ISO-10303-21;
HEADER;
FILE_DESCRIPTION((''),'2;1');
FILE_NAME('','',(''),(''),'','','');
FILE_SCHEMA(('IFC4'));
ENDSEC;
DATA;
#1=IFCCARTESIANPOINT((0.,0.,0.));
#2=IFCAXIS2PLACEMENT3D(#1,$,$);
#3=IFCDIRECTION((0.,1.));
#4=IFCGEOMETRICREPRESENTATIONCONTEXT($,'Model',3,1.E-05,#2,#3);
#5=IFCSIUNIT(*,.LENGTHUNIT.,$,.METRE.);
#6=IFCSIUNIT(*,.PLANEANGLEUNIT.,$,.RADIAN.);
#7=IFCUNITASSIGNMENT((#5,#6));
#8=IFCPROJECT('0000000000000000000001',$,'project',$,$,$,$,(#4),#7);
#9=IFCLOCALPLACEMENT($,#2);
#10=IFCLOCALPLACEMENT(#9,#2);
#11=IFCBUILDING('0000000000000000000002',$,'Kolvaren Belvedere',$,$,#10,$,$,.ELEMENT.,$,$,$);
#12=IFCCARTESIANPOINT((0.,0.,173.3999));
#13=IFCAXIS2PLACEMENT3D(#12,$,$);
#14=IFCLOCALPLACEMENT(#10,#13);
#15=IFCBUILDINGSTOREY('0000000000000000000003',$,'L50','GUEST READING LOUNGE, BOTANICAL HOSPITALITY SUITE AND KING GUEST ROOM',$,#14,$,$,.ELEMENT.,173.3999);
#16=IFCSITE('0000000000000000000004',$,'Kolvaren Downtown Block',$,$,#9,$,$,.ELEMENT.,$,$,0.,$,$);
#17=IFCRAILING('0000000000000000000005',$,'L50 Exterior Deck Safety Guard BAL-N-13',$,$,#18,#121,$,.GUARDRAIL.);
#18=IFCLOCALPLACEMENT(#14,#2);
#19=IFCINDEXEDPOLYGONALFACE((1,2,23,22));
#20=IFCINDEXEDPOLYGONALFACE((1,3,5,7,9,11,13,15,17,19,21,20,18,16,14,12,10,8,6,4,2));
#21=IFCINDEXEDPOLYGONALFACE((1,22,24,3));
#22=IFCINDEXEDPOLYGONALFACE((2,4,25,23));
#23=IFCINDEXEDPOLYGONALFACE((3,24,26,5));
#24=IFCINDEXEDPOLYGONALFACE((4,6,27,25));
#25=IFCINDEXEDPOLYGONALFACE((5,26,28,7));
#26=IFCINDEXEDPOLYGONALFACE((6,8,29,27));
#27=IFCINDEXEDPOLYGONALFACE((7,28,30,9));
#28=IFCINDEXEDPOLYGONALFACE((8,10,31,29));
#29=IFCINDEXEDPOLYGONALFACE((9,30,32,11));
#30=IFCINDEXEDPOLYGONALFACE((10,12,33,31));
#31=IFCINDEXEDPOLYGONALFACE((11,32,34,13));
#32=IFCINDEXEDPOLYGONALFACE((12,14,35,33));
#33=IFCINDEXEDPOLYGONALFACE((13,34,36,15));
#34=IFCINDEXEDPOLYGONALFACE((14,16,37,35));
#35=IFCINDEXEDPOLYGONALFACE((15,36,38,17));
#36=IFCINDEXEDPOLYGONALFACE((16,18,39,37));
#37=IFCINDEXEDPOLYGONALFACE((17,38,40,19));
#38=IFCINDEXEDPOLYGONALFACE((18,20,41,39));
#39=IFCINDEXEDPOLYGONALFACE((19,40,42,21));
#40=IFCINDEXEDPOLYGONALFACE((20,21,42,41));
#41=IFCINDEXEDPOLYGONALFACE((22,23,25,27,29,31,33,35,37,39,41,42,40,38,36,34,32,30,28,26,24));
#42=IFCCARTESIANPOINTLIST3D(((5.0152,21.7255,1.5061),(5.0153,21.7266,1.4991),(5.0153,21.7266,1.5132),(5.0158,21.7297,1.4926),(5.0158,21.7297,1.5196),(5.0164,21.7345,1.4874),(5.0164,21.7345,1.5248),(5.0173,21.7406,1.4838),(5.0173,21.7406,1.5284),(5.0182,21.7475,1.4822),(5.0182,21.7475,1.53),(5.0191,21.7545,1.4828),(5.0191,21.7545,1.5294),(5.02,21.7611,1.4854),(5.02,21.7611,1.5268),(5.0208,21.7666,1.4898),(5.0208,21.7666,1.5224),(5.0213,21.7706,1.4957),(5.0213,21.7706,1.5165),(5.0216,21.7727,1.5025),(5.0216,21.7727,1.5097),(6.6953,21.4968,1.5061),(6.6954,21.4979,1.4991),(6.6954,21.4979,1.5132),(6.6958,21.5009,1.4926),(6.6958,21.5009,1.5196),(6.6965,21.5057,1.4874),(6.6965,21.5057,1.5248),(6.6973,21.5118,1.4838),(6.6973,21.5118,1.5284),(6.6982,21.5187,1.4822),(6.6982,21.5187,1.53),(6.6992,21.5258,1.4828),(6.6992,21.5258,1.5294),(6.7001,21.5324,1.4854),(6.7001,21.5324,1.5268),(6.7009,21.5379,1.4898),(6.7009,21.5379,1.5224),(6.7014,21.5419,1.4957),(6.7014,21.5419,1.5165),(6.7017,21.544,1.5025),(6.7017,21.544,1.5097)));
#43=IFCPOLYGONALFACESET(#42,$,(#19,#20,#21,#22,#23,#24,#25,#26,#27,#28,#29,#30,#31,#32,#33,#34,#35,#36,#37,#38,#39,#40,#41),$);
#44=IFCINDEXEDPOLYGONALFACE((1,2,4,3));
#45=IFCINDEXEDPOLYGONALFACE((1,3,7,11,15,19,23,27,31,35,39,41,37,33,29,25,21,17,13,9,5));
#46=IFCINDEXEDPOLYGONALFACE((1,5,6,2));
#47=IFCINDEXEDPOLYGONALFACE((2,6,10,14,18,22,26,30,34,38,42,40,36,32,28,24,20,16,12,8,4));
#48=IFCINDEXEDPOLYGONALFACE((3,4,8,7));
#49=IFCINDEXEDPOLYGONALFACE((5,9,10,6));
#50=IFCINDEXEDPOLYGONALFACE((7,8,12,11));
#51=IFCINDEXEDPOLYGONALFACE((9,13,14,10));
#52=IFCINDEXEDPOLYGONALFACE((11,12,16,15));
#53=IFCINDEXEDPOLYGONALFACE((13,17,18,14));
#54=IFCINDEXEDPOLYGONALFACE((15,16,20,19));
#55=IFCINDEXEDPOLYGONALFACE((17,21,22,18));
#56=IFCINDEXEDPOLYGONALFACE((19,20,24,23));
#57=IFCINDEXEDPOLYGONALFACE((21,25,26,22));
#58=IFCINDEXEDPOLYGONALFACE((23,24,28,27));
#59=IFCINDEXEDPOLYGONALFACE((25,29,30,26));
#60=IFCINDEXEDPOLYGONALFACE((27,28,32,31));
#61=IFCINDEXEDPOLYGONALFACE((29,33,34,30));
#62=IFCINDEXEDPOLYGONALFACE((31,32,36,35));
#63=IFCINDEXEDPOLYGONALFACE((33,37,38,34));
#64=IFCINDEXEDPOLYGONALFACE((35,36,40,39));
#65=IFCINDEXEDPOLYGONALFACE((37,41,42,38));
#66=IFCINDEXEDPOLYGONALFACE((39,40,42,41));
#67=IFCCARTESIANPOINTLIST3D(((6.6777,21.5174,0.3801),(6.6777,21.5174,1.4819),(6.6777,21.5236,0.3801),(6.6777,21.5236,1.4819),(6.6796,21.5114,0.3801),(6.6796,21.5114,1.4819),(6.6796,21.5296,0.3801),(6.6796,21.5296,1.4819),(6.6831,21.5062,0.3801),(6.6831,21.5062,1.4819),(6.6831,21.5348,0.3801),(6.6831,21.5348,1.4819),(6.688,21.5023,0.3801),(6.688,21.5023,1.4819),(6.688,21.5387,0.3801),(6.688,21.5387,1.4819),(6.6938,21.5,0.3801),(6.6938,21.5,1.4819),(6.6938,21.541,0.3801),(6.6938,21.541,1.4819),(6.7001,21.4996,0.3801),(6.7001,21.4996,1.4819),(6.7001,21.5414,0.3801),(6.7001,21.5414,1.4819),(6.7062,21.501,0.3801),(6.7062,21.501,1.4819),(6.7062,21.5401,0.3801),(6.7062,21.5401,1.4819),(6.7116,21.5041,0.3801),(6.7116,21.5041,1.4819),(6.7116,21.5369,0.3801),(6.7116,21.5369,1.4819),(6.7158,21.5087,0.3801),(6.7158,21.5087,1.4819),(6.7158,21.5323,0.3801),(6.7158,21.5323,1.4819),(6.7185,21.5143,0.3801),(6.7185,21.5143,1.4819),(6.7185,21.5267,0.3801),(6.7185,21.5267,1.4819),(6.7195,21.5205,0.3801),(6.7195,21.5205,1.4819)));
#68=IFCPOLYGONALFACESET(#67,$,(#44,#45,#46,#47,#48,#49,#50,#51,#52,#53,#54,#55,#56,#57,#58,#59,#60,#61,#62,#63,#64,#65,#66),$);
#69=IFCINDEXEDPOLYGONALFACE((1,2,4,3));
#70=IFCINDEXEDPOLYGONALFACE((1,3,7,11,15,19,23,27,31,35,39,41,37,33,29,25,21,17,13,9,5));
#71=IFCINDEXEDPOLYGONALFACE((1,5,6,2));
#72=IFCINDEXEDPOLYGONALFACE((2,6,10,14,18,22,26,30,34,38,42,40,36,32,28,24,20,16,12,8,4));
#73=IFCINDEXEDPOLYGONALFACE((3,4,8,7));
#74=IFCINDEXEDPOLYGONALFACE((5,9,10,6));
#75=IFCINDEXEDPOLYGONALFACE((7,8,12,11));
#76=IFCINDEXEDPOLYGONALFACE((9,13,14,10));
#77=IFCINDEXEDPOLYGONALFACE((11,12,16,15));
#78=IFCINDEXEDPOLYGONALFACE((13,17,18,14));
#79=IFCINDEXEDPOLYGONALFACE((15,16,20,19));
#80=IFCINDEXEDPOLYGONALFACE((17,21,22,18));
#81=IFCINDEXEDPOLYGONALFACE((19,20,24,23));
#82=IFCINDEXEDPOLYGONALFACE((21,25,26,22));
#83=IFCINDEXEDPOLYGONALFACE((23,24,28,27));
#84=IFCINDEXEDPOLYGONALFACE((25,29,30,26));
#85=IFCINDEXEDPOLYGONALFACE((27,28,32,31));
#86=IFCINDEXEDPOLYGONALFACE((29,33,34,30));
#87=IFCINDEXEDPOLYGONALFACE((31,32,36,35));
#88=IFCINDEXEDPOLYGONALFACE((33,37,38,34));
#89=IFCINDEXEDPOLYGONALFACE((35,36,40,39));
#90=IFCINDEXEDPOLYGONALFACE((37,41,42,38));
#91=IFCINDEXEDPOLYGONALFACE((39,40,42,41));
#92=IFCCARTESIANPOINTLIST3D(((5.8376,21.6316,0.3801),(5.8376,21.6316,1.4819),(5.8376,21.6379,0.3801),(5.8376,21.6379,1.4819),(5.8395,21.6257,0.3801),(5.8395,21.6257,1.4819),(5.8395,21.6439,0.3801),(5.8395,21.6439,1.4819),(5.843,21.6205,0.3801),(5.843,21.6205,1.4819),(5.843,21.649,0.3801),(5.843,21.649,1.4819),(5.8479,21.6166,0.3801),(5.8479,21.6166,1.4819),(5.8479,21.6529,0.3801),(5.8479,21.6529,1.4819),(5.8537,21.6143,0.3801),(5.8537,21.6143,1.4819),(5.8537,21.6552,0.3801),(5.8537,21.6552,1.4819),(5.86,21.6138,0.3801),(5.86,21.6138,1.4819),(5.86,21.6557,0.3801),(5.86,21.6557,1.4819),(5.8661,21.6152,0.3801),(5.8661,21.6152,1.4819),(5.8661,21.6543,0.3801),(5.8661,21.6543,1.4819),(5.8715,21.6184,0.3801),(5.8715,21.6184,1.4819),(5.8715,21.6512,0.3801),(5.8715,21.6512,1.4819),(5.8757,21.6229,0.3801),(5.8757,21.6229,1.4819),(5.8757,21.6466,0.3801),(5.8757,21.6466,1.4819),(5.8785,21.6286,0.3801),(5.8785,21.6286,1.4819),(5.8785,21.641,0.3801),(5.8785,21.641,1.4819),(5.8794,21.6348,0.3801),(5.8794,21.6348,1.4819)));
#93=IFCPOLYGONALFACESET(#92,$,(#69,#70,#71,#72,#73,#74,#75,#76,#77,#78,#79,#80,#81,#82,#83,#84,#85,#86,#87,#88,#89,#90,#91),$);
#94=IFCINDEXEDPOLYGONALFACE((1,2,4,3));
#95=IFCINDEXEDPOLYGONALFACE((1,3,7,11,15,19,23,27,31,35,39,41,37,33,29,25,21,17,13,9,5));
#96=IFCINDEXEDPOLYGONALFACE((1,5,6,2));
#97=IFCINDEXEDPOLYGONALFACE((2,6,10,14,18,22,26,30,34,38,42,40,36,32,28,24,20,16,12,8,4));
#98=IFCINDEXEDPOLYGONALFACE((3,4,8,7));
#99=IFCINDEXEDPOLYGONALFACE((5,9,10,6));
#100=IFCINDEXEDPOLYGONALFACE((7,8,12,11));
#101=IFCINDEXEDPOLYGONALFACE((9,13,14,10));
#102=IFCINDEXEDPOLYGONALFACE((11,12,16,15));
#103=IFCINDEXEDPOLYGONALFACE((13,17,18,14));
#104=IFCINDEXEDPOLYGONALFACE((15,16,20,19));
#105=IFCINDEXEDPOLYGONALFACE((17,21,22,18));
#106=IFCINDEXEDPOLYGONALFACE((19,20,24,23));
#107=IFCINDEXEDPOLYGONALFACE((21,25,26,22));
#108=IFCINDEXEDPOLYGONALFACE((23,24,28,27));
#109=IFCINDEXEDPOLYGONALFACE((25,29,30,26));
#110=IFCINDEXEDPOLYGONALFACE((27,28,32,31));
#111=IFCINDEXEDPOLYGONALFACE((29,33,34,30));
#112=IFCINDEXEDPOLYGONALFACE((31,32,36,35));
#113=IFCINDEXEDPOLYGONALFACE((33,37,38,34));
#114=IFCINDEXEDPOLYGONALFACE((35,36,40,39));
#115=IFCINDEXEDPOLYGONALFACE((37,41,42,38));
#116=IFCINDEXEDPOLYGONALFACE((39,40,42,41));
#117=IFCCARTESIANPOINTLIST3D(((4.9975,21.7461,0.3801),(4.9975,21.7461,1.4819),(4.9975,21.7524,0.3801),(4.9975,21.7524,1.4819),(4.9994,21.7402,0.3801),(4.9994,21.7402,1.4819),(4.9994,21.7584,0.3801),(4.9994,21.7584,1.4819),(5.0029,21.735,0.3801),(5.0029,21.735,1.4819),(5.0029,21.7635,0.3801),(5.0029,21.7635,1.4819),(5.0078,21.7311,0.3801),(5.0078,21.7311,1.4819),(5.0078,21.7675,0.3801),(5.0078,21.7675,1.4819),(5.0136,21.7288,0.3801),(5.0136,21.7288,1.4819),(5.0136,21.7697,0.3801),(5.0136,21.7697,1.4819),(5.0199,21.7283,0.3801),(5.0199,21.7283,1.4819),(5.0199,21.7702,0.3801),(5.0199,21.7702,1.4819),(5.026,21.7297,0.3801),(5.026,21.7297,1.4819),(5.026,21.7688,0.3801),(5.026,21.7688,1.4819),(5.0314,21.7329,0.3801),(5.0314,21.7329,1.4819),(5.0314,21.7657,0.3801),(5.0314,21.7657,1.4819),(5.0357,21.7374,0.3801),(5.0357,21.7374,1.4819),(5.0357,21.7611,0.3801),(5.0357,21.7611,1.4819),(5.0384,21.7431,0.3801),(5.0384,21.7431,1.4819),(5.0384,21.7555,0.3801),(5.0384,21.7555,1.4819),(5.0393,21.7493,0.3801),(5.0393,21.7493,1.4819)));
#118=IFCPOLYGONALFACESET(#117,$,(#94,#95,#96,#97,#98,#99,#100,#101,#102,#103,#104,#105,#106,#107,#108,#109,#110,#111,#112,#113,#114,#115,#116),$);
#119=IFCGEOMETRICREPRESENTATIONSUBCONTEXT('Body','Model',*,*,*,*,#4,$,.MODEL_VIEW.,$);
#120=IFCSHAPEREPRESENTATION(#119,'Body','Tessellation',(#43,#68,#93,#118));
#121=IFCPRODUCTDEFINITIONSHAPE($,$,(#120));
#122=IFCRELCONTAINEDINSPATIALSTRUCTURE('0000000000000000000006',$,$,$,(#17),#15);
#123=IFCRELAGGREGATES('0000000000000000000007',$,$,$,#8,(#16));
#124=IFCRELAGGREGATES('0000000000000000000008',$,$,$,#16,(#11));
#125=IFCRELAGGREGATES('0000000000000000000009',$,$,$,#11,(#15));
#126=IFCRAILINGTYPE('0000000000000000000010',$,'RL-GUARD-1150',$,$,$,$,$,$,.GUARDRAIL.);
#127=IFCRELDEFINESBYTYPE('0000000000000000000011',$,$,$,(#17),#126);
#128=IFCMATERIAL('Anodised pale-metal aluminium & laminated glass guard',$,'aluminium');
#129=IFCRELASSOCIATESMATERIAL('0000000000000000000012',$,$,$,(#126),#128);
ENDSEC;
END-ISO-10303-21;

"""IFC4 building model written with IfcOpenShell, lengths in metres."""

from ifc_helpers import new_model, si_unit, direction, frame, origin, origin_2d, place, context, subcontext, project, spatial, circle, extrude, material, type_object, element, save


model = new_model("IFC4")

# Units and contexts
model_context = context("Model", 3, precision=1e-05, world=origin(), true_north=direction((0.0, 1.0)))
body_context = subcontext(model_context, "Body", "Model", "MODEL_VIEW")
ifc_project = project(units=[si_unit("LENGTHUNIT", "METRE"), si_unit("PLANEANGLEUNIT", "RADIAN")], contexts=[model_context])

# Site, building, storey
site_placement = place(None, origin())
site = spatial("IfcSite", under=ifc_project, at=site_placement, Name="Kolvaren Downtown Block", CompositionType="ELEMENT", RefElevation=0.0)
building_placement = place(site_placement, origin())
building = spatial("IfcBuilding", under=site, at=building_placement, Name="Kolvaren Belvedere", CompositionType="ELEMENT")
storey_placement = place(building_placement, frame((0.0, 0.0, 173.3999)))
storey = spatial("IfcBuildingStorey", under=building, at=storey_placement, Name="L50", Description="GUEST READING LOUNGE, BOTANICAL HOSPITALITY SUITE AND KING GUEST ROOM", CompositionType="ELEMENT", Elevation=173.3999)

# Railing
ifc_material_1 = material(Name="Anodised pale-metal aluminium & laminated glass guard", Category="aluminium")
railing_type = type_object("IfcRailingType", Name="RL-GUARD-1150", PredefinedType="GUARDRAIL", material=ifc_material_1)
railing_1_placement = place(storey_placement, frame((6.6985, 21.5205, 0.3801)))
element("IfcRailing", 1, at=railing_1_placement, inside=storey, type_object=railing_type, Name="L50 Exterior Deck Safety Guard BAL-N-13", PredefinedType="GUARDRAIL", context=body_context, shape_type="SweptSolid", body=[
    extrude(circle(Radius=0.0239, at=origin_2d()), frame((0.0, 0.0, 1.126), z_axis=(-0.990858, 0.134908, 0.0), x_axis=(-0.134908, -0.990858, 0.0)), (0.0, 0.0, 1.0), 1.6956),
    extrude(circle(Radius=0.021, at=origin_2d()), origin(), (0.0, 0.0, 1.0), 1.1018),
    extrude(circle(Radius=0.021, at=origin_2d()), frame((-0.8401, 0.1143, 0.0)), (0.0, 0.0, 1.0), 1.1018),
    extrude(circle(Radius=0.021, at=origin_2d()), frame((-1.6802, 0.2288, 0.0)), (0.0, 0.0, 1.0), 1.1018),
])

save(model, "model.ifc")
